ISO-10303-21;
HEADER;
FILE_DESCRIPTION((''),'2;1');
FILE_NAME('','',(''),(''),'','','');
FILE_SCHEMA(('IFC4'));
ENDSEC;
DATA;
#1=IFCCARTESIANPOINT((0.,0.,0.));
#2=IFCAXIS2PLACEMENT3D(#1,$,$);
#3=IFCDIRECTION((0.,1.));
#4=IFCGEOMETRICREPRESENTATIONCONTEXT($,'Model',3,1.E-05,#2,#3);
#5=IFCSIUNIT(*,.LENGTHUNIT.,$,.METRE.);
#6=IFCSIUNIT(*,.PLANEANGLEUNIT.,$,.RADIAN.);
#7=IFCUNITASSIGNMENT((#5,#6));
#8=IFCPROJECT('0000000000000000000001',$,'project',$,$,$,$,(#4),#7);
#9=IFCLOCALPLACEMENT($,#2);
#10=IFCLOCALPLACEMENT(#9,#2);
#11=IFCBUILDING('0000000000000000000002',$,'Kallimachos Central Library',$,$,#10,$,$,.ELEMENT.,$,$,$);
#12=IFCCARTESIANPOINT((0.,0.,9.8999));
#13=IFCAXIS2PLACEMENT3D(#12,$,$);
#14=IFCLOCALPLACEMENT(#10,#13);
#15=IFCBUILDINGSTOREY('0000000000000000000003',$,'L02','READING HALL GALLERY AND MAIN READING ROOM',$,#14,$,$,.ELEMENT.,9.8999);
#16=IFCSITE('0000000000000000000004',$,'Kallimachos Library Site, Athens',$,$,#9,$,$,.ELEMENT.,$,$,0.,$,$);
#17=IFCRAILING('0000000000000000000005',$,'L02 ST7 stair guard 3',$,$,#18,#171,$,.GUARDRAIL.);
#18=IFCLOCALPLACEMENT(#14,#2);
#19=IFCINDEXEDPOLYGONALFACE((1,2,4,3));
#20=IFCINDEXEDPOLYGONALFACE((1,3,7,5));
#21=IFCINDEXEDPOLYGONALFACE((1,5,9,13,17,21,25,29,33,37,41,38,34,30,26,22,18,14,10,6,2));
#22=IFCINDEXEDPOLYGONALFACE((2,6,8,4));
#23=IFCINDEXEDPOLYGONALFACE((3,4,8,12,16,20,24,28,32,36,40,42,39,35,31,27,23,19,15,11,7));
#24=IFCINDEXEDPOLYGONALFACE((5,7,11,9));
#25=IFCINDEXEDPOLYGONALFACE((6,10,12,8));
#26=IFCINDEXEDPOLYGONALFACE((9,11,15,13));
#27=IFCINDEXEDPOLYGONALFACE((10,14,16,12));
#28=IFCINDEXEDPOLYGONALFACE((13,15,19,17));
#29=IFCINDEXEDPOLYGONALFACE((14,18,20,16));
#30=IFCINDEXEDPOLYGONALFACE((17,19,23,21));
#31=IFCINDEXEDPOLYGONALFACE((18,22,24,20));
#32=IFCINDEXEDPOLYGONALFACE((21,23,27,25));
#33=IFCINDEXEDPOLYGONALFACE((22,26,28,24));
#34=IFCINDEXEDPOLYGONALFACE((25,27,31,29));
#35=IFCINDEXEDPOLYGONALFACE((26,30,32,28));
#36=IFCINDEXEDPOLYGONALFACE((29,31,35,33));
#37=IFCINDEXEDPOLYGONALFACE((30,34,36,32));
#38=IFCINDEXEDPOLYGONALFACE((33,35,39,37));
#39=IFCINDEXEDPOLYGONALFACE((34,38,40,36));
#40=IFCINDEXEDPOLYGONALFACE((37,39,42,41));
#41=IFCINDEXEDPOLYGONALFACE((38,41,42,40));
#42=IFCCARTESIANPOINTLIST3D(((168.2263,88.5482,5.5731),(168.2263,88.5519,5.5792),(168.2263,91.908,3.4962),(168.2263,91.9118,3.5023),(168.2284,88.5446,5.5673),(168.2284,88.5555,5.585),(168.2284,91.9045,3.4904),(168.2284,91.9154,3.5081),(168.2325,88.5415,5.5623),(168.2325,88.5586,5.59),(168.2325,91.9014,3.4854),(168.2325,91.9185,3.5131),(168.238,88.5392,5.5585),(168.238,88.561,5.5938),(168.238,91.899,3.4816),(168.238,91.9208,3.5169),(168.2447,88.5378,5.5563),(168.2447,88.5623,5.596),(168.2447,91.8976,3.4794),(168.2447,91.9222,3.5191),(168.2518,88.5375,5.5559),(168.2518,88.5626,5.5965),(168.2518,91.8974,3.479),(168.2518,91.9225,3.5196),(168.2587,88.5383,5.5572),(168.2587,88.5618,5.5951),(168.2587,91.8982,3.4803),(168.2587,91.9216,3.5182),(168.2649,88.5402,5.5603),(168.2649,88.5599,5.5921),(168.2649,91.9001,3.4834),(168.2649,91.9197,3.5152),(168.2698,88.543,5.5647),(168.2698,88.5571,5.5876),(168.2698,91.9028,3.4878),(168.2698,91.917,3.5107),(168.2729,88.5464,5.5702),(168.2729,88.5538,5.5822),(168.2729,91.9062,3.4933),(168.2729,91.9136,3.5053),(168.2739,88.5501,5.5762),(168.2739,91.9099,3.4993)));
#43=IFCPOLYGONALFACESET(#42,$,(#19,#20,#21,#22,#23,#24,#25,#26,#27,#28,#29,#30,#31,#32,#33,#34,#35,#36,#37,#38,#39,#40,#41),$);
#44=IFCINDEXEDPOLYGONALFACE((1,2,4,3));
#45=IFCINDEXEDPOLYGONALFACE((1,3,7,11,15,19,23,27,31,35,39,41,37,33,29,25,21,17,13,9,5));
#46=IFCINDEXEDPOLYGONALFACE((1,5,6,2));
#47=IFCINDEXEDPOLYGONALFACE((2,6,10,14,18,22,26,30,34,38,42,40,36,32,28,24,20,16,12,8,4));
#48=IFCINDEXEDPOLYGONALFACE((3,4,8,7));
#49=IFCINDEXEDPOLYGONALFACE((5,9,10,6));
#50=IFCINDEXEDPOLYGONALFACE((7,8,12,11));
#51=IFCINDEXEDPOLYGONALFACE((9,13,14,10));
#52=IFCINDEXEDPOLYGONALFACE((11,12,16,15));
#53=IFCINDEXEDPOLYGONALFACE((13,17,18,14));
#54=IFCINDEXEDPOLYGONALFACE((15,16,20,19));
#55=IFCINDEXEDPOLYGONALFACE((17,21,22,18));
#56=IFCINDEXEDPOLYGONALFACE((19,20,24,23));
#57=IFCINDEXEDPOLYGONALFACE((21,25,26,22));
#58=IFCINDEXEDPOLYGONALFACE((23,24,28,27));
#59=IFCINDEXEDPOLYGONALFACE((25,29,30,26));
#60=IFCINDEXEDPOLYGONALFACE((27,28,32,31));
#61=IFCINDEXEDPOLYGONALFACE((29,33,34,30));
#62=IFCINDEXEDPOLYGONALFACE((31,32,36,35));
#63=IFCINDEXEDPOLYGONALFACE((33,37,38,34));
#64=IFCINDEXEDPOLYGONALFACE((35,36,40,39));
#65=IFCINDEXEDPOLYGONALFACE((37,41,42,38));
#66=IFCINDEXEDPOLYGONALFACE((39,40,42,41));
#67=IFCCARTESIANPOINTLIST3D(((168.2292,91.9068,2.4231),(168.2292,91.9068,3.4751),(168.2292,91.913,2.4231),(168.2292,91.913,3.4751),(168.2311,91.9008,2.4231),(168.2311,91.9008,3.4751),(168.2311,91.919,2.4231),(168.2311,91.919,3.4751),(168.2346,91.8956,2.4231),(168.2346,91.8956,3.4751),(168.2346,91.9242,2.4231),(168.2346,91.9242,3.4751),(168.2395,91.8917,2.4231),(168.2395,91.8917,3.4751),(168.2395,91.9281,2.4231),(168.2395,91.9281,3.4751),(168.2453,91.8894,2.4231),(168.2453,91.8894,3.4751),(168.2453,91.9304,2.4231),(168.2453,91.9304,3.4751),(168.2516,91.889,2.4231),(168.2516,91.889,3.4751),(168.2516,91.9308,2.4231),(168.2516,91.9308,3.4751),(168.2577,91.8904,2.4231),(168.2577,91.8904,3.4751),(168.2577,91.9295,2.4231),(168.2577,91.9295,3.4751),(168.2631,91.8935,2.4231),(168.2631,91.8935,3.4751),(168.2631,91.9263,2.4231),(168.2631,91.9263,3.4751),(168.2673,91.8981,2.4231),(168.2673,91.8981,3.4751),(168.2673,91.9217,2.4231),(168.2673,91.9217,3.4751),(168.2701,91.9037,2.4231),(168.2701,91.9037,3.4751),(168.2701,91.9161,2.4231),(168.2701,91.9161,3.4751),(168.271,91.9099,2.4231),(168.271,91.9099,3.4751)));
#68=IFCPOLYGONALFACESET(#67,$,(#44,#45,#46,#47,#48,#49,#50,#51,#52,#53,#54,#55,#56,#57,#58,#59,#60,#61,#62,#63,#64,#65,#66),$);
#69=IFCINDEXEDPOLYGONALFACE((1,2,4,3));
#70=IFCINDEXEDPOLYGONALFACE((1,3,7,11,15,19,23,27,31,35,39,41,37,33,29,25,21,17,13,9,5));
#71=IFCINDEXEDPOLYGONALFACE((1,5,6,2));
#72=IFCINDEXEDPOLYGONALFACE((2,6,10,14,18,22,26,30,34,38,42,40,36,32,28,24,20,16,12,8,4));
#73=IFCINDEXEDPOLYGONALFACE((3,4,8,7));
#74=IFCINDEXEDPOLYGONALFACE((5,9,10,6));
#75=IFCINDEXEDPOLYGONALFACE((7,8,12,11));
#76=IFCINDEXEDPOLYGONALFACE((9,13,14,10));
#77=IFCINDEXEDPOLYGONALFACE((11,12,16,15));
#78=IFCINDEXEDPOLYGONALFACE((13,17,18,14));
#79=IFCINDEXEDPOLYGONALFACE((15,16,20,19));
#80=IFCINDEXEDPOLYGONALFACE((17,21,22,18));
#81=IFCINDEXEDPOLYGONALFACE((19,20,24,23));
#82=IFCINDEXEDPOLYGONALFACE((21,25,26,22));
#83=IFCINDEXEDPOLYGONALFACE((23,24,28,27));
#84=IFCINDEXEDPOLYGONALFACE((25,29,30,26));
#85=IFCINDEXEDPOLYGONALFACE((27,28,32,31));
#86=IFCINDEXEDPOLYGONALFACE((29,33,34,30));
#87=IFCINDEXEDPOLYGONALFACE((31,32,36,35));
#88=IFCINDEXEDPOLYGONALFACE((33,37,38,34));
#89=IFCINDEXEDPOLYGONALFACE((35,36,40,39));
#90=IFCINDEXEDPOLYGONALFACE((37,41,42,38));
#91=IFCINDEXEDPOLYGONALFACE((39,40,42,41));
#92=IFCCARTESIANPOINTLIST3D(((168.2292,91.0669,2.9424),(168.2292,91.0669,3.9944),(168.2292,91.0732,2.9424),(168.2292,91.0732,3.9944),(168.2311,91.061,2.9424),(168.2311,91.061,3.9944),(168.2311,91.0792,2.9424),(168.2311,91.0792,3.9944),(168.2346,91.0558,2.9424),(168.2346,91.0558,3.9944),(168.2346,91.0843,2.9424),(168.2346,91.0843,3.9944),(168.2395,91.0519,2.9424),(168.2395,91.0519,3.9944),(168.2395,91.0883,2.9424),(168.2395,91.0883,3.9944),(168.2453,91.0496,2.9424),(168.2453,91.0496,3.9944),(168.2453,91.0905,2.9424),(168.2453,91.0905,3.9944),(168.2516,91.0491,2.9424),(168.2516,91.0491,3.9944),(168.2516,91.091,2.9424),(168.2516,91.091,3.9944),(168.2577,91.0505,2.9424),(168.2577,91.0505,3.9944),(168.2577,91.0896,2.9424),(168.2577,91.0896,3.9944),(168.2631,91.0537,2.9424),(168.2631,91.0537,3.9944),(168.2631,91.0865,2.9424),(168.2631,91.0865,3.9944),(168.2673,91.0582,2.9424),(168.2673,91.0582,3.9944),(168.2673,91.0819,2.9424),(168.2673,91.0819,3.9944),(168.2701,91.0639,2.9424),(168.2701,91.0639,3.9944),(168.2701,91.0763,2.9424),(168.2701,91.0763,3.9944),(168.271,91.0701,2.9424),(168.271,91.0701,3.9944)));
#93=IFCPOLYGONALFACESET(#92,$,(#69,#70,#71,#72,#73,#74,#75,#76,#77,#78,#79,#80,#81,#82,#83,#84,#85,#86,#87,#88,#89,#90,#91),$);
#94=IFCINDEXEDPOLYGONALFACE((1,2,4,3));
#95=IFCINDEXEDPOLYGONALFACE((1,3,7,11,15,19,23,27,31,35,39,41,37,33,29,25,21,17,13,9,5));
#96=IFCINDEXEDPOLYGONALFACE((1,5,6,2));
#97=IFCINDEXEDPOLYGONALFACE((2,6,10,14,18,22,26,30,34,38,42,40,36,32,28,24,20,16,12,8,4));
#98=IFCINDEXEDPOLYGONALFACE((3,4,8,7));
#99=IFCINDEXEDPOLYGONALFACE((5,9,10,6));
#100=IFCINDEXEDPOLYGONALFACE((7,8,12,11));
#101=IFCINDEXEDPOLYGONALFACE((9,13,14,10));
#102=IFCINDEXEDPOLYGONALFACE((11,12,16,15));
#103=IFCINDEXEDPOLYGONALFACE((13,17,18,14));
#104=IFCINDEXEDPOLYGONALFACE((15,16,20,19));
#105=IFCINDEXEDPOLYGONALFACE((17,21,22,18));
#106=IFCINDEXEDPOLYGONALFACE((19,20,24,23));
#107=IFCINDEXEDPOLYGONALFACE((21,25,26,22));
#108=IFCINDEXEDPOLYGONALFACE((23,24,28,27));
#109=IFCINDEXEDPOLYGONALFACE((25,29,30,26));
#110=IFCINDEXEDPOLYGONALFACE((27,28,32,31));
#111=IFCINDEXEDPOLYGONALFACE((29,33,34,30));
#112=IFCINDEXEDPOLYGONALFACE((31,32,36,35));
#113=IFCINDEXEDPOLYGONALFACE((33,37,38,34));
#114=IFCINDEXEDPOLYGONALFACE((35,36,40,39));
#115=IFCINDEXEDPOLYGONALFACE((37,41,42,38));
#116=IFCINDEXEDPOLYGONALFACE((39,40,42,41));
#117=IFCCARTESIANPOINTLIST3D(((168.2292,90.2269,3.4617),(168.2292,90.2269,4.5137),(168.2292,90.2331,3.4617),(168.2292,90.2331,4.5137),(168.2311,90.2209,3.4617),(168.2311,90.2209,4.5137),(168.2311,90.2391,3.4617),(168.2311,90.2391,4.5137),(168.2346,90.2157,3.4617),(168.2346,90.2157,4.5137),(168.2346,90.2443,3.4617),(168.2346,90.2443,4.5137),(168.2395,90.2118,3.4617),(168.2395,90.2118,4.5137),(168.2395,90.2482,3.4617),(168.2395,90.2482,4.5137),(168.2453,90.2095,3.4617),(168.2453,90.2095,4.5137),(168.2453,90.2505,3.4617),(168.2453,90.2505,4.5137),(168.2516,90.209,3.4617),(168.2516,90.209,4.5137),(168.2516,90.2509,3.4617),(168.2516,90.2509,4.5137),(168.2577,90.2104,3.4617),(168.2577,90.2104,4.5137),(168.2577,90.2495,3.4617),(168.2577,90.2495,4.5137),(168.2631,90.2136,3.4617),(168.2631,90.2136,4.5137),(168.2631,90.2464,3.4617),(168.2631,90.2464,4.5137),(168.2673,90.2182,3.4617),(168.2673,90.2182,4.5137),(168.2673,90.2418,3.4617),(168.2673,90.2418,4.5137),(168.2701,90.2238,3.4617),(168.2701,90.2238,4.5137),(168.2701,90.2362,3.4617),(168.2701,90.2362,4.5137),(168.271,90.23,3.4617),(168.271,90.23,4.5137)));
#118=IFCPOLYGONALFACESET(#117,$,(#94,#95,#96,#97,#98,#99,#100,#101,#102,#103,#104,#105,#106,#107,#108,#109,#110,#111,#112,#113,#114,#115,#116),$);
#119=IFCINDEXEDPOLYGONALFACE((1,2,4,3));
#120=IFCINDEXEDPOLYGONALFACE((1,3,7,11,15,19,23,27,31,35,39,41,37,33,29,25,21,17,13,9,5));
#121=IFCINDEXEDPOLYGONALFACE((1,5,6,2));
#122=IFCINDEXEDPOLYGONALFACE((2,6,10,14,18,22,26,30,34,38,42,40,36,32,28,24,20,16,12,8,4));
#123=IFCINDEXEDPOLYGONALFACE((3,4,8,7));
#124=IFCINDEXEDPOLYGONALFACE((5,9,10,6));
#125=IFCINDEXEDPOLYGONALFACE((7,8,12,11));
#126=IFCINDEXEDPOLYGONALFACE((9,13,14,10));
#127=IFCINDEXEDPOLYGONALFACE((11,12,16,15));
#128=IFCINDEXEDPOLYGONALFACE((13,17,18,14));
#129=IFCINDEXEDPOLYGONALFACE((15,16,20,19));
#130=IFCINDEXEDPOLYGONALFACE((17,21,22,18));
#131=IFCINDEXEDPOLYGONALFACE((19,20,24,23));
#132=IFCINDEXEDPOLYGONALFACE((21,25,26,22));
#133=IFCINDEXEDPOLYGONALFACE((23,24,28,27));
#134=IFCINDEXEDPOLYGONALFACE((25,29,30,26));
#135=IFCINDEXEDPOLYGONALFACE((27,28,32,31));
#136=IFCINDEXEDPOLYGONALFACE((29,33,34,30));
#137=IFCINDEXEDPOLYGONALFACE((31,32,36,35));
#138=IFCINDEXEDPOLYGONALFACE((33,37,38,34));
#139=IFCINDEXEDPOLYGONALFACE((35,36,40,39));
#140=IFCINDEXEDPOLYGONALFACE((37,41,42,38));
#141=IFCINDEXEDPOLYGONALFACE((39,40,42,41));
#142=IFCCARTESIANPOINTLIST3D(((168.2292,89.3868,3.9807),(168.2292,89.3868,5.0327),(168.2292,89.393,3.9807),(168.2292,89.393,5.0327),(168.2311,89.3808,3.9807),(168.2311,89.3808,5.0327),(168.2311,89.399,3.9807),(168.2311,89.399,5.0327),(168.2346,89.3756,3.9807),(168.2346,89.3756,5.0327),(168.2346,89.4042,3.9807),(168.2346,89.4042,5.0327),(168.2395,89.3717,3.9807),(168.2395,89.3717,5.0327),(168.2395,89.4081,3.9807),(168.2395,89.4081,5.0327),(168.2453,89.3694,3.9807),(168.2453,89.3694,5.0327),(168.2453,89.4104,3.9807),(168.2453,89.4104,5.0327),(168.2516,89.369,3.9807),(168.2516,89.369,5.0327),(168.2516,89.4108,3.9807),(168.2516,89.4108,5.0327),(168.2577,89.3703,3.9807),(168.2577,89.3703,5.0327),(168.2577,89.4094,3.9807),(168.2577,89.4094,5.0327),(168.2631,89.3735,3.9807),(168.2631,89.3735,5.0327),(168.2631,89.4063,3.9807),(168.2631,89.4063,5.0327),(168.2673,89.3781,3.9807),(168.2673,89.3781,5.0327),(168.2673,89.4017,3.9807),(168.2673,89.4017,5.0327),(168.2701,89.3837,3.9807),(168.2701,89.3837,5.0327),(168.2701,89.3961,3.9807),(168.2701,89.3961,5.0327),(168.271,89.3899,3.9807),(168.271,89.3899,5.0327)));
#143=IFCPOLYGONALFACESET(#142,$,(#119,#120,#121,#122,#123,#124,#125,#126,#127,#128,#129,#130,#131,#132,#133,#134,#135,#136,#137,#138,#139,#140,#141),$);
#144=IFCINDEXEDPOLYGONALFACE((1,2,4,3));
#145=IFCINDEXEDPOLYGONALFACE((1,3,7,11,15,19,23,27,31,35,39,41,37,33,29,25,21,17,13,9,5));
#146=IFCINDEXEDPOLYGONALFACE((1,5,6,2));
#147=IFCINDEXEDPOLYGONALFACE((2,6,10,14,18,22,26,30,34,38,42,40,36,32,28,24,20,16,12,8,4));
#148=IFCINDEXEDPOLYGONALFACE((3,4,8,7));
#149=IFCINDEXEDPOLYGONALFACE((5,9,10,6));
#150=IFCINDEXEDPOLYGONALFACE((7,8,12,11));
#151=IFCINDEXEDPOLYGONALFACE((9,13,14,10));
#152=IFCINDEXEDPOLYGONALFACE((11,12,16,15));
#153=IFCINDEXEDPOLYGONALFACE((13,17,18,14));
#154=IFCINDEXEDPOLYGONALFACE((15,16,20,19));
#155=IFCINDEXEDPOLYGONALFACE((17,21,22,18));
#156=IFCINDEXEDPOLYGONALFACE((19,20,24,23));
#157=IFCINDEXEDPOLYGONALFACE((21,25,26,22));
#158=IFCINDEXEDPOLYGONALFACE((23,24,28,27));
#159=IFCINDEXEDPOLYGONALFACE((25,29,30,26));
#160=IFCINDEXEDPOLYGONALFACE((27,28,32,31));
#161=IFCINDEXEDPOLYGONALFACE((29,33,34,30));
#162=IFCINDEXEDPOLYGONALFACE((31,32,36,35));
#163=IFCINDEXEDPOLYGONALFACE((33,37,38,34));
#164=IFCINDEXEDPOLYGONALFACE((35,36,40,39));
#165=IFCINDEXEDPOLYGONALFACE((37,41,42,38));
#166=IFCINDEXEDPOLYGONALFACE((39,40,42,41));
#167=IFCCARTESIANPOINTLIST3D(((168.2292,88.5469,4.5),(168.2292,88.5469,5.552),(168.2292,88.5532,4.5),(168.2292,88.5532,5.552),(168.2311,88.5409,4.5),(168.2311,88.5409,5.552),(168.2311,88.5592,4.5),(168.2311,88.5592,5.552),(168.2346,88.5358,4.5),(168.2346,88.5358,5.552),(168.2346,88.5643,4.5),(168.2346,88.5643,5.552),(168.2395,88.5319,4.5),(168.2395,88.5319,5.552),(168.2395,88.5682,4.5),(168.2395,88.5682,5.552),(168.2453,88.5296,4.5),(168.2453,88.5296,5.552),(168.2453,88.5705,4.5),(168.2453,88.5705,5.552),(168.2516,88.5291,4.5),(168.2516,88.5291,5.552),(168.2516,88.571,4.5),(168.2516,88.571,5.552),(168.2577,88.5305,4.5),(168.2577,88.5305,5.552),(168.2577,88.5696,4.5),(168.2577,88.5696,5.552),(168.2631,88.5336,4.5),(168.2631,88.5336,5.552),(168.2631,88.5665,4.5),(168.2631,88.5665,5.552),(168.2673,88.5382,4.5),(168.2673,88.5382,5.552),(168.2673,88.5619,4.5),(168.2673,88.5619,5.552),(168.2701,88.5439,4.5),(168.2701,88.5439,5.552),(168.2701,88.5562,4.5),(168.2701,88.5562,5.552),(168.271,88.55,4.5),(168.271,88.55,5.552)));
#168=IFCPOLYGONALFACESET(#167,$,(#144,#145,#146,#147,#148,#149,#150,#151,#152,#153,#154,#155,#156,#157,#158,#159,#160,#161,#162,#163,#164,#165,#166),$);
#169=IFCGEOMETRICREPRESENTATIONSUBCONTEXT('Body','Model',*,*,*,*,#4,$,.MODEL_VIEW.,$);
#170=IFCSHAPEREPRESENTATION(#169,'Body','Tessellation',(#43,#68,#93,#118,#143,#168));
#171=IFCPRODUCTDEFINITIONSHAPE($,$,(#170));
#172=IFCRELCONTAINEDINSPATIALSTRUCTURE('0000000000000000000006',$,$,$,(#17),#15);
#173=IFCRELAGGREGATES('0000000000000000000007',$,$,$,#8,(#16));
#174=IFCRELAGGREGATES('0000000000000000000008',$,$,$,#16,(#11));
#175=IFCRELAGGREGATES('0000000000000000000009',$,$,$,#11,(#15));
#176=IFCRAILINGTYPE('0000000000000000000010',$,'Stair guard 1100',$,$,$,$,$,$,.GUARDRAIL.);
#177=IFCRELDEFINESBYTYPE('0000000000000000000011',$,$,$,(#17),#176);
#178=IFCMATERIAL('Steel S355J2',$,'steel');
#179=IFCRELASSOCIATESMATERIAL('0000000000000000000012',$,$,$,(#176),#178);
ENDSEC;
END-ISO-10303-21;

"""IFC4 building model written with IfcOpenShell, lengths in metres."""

from ifc_helpers import new_model, si_unit, direction, frame, origin, origin_2d, place, context, subcontext, project, spatial, circle, extrude, material, type_object, element, save


model = new_model("IFC4")

# Units and contexts
model_context = context("Model", 3, precision=1e-05, world=origin(), true_north=direction((0.0, 1.0)))
body_context = subcontext(model_context, "Body", "Model", "MODEL_VIEW")
ifc_project = project(units=[si_unit("LENGTHUNIT", "METRE"), si_unit("PLANEANGLEUNIT", "RADIAN")], contexts=[model_context])

# Site, building, storey
site_placement = place(None, origin())
site = spatial("IfcSite", under=ifc_project, at=site_placement, Name="Kallimachos Library Site, Athens", CompositionType="ELEMENT", RefElevation=0.0)
building_placement = place(site_placement, origin())
building = spatial("IfcBuilding", under=site, at=building_placement, Name="Kallimachos Central Library", CompositionType="ELEMENT")
storey_placement = place(building_placement, frame((0.0, 0.0, 9.8999)))
storey = spatial("IfcBuildingStorey", under=building, at=storey_placement, Name="L02", Description="READING HALL GALLERY AND MAIN READING ROOM", CompositionType="ELEMENT", Elevation=9.8999)

# Railing
ifc_material_1 = material(Name="Steel S355J2", Category="steel")
railing_type_1 = type_object("IfcRailingType", Name="Stair guard 1100", PredefinedType="GUARDRAIL", material=ifc_material_1)
railing_1_placement = place(storey_placement, frame((168.25, 91.9099, 2.4231)))
element("IfcRailing", 1, at=railing_1_placement, inside=storey, type_object=railing_type_1, Name="L02 ST7 stair guard 3", PredefinedType="GUARDRAIL", context=body_context, shape_type="SweptSolid", body=[
    extrude(circle(Radius=0.0239, at=origin_2d()), frame((0.0, 0.0, 1.0762), z_axis=(0.0, -0.850606, 0.525803), x_axis=(1.0, 0.0, 0.0)), (0.0, 0.0, 1.0), 3.95),
    extrude(circle(Radius=0.021, at=origin_2d()), origin(), (0.0, 0.0, 1.0), 1.052),
    extrude(circle(Radius=0.021, at=origin_2d()), frame((0.0, -0.8398, 0.5193)), (0.0, 0.0, 1.0), 1.052),
    extrude(circle(Radius=0.021, at=origin_2d()), frame((0.0, -1.6799, 1.0386)), (0.0, 0.0, 1.0), 1.052),
    extrude(circle(Radius=0.021, at=origin_2d()), frame((0.0, -2.52, 1.5576)), (0.0, 0.0, 1.0), 1.052),
    extrude(circle(Radius=0.021, at=origin_2d()), frame((0.0, -3.3599, 2.0769)), (0.0, 0.0, 1.0), 1.052),
])

save(model, "model.ifc")
